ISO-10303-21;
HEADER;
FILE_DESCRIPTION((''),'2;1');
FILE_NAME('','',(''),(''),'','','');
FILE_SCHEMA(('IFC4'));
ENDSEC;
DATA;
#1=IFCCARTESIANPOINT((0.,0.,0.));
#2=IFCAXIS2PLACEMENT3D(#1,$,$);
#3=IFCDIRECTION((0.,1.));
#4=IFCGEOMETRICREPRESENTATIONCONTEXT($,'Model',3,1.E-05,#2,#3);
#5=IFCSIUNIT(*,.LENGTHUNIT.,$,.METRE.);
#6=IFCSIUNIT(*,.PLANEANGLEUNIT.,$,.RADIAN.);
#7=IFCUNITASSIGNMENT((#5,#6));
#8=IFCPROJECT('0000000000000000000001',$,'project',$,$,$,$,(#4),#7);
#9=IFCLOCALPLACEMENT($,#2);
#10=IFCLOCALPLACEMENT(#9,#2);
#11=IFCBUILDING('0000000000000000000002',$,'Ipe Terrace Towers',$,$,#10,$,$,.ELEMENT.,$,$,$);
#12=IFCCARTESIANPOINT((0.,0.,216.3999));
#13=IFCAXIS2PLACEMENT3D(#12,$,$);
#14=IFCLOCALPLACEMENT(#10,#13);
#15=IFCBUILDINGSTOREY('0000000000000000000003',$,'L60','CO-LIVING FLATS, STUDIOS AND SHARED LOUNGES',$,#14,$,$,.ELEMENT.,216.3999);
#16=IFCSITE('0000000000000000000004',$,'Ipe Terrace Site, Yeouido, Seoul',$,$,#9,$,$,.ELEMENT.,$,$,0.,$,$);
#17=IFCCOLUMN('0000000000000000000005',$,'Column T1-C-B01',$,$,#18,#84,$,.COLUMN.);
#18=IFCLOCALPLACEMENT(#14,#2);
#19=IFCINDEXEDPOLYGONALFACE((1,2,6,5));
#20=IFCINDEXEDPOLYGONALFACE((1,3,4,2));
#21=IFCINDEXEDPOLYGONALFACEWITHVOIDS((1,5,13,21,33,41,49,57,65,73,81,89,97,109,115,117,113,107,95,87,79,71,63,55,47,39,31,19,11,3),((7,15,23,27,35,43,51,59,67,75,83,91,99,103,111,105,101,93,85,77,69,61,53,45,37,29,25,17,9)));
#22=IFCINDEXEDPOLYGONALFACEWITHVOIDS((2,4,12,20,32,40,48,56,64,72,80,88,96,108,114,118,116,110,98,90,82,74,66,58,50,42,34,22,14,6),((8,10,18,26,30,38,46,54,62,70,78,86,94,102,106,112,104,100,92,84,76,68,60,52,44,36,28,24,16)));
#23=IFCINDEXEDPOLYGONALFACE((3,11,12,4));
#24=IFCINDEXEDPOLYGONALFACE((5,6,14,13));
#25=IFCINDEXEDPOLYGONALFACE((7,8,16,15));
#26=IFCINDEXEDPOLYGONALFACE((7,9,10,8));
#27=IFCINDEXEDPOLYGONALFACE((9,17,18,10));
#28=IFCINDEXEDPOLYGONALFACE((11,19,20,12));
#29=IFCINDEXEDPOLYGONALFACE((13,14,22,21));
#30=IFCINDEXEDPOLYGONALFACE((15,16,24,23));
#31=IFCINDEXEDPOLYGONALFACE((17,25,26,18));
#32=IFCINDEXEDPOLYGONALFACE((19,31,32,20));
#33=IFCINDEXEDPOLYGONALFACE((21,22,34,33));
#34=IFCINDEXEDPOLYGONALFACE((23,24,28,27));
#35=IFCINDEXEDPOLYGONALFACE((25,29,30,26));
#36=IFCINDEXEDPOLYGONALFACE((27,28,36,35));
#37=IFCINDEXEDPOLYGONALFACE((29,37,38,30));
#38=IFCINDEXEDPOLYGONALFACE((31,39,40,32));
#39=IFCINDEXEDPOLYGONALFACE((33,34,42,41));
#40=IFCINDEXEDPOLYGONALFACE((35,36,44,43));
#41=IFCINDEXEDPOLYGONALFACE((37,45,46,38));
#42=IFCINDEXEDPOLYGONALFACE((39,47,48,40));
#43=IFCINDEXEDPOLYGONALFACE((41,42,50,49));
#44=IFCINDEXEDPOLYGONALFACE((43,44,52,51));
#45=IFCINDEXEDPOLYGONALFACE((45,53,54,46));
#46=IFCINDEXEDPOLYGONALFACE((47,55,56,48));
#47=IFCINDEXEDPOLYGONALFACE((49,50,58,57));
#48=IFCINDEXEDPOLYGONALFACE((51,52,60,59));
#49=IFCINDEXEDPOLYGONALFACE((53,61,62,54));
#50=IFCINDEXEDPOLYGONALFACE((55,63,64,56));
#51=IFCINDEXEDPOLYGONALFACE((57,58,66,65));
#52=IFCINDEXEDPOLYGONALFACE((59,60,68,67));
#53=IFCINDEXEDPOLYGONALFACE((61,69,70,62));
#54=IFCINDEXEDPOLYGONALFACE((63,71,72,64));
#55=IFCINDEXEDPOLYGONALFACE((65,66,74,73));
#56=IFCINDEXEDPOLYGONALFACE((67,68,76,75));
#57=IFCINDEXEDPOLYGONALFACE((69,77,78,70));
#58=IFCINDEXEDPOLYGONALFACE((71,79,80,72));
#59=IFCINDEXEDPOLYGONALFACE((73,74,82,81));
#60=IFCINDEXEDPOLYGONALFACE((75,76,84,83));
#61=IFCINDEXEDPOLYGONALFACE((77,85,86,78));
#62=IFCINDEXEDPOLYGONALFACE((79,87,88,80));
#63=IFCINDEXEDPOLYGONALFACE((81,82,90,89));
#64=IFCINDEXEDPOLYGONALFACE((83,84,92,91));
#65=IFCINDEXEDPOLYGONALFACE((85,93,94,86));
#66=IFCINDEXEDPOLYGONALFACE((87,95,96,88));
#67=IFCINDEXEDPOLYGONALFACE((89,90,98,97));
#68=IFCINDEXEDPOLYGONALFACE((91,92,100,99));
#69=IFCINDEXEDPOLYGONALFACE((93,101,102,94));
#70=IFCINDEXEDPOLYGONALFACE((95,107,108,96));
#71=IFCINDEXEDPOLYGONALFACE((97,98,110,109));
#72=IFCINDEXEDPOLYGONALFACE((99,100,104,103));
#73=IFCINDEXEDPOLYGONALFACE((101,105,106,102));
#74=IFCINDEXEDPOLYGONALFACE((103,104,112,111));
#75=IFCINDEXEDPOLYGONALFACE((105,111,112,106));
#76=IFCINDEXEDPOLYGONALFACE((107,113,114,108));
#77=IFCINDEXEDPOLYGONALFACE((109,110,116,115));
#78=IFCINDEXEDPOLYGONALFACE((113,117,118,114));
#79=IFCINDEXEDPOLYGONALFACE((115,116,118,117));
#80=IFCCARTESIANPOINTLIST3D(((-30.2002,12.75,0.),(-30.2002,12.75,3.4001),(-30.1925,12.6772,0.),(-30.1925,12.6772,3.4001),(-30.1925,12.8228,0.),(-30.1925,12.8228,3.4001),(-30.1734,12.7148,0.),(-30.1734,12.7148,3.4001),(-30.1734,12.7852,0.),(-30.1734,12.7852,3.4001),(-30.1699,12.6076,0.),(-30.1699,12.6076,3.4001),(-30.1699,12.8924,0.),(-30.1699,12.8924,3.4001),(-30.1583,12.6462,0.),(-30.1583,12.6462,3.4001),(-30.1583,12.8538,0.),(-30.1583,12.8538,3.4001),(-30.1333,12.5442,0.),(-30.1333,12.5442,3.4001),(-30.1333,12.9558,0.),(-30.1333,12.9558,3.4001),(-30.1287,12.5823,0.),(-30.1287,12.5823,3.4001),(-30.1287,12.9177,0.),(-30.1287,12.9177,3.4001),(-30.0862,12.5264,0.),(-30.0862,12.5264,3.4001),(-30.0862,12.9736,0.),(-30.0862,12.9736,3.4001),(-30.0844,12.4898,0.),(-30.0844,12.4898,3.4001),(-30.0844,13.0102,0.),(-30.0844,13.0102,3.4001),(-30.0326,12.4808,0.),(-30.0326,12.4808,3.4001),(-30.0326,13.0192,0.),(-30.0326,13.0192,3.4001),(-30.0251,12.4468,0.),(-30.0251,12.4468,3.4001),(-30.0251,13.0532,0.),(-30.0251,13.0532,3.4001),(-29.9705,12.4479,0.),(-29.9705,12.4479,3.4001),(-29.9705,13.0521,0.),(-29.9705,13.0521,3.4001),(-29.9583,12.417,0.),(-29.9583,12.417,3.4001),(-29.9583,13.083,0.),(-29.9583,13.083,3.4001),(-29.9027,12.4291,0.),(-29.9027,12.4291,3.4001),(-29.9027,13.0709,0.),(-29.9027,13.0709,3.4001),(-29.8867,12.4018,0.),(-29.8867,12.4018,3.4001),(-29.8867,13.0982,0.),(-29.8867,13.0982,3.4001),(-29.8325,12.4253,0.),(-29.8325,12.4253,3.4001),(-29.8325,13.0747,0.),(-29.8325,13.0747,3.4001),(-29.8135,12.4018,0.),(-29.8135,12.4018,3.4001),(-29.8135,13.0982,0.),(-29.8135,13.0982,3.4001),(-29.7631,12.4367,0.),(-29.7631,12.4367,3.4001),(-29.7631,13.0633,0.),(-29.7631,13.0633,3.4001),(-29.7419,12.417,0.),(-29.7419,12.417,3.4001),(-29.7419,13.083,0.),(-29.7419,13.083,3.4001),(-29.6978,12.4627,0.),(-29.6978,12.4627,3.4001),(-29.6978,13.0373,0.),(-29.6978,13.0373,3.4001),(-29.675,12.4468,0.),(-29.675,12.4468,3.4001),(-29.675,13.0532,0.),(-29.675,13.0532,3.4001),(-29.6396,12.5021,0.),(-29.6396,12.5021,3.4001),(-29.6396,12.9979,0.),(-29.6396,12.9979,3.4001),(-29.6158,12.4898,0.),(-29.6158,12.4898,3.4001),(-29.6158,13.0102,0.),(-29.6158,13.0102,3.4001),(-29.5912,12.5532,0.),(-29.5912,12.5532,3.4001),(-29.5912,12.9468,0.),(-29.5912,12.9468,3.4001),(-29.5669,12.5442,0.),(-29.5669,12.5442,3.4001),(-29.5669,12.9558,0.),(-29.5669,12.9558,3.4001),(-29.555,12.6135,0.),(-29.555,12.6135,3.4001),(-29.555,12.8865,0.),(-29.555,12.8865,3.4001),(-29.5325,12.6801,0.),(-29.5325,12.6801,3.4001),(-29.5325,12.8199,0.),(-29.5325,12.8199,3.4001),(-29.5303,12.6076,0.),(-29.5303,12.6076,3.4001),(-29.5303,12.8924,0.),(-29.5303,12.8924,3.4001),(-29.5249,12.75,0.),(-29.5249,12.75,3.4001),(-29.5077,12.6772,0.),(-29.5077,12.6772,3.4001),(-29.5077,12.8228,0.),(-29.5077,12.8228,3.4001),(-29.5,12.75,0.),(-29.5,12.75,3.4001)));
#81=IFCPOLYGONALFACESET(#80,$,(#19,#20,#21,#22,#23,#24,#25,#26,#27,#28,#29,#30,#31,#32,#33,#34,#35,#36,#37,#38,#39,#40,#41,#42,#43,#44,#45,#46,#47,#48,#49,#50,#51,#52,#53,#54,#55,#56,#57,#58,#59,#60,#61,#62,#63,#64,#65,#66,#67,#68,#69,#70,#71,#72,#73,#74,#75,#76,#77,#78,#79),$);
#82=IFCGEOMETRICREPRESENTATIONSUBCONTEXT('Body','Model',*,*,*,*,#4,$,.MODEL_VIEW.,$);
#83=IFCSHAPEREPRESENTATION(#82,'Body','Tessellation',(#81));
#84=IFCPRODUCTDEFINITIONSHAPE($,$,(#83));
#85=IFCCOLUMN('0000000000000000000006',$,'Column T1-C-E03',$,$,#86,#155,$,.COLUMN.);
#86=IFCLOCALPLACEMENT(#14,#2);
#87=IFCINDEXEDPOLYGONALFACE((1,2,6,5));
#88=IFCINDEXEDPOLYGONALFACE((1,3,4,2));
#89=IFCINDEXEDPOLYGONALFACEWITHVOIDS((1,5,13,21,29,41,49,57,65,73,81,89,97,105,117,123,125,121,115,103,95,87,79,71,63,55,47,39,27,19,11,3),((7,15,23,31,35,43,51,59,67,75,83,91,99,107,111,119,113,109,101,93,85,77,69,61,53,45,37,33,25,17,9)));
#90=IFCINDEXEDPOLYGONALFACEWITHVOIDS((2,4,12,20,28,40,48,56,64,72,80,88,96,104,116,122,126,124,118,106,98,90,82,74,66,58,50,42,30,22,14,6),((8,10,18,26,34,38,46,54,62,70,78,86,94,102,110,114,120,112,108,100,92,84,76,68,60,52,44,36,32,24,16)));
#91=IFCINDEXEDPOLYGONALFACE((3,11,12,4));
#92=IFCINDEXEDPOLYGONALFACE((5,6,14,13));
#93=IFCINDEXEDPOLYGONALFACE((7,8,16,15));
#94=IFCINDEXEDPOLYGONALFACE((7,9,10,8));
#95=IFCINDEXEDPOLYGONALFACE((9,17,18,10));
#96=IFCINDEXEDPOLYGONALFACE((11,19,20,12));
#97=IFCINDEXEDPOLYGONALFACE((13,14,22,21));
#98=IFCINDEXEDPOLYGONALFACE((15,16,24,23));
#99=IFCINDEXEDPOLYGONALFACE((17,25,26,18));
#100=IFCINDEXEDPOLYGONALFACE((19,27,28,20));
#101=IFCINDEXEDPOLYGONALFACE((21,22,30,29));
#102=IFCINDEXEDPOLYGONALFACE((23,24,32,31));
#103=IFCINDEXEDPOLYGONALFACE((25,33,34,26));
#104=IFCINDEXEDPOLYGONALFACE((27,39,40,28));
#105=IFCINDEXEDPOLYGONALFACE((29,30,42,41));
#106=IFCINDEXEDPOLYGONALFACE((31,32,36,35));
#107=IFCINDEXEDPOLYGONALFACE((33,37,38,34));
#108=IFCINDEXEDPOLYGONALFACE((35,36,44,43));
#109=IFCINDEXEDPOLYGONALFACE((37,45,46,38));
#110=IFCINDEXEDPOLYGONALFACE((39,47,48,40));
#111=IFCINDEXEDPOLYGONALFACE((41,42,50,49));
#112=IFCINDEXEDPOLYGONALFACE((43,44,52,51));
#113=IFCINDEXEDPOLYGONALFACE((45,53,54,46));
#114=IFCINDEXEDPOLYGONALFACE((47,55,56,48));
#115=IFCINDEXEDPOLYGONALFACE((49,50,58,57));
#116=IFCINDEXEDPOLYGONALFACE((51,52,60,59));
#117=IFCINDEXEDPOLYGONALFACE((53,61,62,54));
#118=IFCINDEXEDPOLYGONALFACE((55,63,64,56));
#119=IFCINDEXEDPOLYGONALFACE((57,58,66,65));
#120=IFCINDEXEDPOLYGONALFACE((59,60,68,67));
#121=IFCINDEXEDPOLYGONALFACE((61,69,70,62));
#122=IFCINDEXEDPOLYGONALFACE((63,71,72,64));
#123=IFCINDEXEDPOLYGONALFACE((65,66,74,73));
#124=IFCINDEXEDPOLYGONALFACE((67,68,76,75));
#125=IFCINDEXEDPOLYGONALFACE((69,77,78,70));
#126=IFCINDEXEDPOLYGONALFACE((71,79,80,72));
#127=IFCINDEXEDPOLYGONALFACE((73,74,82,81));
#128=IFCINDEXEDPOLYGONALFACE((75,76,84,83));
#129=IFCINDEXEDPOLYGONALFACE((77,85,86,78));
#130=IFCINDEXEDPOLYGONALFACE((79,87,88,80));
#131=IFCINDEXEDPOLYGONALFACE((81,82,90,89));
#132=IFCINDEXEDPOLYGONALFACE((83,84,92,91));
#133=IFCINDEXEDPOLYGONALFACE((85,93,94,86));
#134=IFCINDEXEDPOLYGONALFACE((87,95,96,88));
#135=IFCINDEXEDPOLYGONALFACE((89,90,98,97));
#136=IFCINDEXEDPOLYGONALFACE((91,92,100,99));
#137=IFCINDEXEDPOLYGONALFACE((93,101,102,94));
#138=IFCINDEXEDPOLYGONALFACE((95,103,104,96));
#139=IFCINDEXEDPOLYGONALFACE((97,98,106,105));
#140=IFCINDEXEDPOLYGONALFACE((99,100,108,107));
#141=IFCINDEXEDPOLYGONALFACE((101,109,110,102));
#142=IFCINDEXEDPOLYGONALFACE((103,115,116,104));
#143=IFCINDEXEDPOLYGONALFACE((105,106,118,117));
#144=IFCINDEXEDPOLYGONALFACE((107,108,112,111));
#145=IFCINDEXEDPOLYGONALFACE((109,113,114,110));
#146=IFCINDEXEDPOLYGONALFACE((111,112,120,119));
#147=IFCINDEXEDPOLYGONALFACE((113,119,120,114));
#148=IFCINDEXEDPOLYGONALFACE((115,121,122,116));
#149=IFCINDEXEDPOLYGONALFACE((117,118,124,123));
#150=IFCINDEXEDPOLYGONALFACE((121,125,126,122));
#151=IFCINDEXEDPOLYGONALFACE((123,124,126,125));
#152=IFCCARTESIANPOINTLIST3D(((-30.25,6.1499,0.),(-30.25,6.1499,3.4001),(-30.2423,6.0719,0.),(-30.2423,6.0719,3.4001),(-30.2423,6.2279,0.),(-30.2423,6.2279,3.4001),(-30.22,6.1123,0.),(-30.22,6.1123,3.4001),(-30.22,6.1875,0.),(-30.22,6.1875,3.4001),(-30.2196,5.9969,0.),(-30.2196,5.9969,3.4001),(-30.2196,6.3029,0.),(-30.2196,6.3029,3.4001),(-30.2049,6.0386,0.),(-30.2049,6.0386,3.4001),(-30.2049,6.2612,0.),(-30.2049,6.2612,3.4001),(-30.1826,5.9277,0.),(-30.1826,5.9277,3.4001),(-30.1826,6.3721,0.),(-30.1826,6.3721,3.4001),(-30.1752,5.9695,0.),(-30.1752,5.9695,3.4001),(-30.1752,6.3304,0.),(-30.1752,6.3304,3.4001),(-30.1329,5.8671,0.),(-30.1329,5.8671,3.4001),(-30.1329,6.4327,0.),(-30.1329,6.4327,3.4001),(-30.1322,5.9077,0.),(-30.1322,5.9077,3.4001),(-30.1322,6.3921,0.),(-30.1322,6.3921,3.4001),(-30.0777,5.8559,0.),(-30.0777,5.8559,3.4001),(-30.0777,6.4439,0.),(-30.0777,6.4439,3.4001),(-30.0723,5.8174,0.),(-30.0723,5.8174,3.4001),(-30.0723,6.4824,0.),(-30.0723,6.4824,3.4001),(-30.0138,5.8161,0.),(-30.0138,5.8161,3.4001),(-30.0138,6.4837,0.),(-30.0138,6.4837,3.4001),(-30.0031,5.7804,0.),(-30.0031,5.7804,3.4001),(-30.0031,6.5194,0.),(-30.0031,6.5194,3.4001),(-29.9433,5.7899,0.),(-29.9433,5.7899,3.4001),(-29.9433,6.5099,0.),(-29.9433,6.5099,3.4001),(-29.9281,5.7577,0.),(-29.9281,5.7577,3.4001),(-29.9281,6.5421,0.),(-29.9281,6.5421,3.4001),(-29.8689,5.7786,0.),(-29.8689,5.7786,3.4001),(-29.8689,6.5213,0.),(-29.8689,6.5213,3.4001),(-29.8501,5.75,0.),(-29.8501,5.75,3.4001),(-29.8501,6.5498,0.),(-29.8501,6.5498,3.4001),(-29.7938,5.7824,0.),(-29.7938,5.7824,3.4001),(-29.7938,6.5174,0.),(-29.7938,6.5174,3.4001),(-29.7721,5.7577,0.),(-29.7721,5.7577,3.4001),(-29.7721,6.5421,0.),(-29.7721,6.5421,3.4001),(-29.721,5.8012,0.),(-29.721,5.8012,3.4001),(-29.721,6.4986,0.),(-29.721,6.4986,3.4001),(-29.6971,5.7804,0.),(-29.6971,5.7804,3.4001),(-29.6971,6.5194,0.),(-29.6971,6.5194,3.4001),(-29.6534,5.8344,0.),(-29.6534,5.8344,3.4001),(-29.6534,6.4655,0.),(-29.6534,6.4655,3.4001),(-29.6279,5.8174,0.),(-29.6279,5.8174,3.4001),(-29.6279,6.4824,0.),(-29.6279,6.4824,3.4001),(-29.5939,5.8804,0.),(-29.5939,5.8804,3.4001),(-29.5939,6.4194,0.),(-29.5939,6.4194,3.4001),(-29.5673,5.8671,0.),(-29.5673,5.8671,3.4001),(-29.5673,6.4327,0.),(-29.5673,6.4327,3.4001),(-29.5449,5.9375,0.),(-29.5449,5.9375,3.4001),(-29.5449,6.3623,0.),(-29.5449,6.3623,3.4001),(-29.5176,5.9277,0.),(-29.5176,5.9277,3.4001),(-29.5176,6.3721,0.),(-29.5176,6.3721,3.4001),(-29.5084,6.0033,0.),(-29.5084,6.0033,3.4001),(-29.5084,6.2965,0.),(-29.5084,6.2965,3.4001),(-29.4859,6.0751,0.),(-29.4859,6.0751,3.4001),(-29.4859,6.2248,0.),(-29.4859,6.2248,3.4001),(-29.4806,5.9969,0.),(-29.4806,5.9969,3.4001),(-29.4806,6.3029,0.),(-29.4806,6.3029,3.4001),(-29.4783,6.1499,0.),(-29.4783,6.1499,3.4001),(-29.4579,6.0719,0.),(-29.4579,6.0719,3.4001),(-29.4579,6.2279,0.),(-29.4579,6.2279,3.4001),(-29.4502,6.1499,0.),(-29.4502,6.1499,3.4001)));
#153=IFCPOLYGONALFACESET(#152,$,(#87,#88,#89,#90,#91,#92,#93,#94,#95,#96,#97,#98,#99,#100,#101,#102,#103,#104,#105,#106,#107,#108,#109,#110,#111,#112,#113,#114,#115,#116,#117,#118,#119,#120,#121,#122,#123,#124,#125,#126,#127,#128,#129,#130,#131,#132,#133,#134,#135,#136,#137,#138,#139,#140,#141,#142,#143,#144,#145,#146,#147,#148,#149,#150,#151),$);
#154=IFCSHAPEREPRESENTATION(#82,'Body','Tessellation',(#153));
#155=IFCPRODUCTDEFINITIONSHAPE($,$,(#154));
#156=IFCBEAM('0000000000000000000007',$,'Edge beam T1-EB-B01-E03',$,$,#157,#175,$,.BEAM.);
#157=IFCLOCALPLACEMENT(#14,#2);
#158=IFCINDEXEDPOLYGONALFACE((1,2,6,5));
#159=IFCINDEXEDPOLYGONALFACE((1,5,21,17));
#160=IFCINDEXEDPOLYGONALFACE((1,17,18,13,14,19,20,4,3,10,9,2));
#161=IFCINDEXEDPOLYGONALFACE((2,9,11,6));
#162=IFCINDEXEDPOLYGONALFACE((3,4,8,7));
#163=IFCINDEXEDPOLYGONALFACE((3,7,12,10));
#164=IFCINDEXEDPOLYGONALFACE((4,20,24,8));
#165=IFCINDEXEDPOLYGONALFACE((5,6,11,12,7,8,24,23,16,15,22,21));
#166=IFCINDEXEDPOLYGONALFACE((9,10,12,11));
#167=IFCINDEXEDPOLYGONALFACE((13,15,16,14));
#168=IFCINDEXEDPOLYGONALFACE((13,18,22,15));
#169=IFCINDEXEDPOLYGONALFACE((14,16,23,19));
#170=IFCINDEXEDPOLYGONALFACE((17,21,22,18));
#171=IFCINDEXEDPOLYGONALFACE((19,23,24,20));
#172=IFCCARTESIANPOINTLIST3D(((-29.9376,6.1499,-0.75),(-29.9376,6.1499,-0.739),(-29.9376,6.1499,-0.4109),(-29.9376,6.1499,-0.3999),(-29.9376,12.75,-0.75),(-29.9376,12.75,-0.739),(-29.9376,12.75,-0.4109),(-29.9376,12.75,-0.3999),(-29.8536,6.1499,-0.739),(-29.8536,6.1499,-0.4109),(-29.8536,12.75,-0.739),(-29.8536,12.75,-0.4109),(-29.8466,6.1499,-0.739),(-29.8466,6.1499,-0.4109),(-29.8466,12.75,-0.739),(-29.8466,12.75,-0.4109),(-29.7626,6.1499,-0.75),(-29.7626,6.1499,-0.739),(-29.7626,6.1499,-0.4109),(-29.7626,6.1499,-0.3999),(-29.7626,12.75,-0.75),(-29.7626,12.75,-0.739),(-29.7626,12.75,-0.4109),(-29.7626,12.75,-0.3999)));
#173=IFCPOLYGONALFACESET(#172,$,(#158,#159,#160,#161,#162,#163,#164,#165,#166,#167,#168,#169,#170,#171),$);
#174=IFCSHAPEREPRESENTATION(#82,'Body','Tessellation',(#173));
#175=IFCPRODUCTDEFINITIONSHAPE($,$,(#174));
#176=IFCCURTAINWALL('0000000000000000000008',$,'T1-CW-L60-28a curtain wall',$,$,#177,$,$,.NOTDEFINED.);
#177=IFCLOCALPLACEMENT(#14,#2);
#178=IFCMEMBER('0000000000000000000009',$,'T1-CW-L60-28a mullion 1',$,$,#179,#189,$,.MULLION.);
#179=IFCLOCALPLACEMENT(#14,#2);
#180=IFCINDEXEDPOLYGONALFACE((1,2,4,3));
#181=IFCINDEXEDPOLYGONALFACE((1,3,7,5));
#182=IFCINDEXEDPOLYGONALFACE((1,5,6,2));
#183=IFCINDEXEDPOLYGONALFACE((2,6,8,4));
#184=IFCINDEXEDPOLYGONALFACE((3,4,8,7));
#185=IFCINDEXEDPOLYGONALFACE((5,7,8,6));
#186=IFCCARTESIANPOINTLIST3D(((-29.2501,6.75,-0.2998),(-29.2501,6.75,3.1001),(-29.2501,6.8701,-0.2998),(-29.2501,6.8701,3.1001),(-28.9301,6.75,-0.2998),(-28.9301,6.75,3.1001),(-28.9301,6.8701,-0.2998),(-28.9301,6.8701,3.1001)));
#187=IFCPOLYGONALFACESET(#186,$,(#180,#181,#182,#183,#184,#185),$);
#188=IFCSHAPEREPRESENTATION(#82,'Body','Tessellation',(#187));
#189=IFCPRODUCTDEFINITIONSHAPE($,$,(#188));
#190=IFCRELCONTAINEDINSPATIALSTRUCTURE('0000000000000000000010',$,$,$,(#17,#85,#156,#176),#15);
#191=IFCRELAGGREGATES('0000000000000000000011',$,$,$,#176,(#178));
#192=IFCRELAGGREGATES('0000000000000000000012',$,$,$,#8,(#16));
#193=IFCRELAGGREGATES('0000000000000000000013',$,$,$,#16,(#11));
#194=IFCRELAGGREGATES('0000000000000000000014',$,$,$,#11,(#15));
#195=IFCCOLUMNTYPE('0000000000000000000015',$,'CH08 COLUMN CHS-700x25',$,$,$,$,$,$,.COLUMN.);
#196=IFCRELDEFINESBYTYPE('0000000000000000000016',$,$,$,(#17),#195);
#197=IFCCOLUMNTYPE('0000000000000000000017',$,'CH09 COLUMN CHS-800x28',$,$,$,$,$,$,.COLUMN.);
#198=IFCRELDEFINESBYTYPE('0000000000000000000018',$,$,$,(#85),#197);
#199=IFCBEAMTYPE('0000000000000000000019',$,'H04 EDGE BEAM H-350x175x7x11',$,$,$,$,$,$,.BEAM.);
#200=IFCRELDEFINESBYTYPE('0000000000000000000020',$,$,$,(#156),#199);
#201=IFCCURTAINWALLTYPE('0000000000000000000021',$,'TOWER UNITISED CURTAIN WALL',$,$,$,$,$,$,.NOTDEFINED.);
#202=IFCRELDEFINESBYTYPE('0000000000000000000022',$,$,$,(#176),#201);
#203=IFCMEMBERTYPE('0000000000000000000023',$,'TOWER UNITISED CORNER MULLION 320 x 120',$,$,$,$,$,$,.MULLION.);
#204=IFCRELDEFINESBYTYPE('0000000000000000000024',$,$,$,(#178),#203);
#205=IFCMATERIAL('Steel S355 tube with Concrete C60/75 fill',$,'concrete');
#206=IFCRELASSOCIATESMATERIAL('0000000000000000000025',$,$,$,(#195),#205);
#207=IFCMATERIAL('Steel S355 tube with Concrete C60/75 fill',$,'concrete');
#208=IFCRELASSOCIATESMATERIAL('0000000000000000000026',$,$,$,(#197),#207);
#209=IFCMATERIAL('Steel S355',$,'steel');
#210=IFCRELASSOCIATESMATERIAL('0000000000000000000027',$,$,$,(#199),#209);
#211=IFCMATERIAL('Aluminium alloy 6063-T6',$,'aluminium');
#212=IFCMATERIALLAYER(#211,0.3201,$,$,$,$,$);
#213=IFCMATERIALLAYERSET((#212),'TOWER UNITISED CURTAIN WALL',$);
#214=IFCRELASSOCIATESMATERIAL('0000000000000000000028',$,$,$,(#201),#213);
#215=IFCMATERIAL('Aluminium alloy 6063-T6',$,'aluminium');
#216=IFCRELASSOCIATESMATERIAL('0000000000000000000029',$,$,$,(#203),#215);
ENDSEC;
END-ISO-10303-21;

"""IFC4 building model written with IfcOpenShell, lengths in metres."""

from ifc_helpers import new_model, si_unit, direction, frame, origin, origin_2d, place, context, subcontext, project, spatial, rectangle, hollow_circle, i_section, extrude, material, layer, layer_set, material_profile, profile_set, type_object, element, aggregate, save


model = new_model("IFC4")

# Units and contexts
model_context = context("Model", 3, precision=1e-05, world=origin(), true_north=direction((0.0, 1.0)))
body_context = subcontext(model_context, "Body", "Model", "MODEL_VIEW")
ifc_project = project(units=[si_unit("LENGTHUNIT", "METRE"), si_unit("PLANEANGLEUNIT", "RADIAN")], contexts=[model_context])

# Site, building, storey
site_placement = place(None, origin())
site = spatial("IfcSite", under=ifc_project, at=site_placement, Name="Ipe Terrace Site, Yeouido, Seoul", CompositionType="ELEMENT", RefElevation=0.0)
building_placement = place(site_placement, origin())
building = spatial("IfcBuilding", under=site, at=building_placement, Name="Ipe Terrace Towers", CompositionType="ELEMENT")
storey_placement = place(building_placement, frame((0.0, 0.0, 216.3999)))
storey = spatial("IfcBuildingStorey", under=building, at=storey_placement, Name="L60", Description="CO-LIVING FLATS, STUDIOS AND SHARED LOUNGES", CompositionType="ELEMENT", Elevation=216.3999)

# Columns
ifc_material_1 = material(Name="Steel S355 tube with Concrete C60/75 fill", Category="concrete")
ifc_material_profile_1 = material_profile(ifc_material_1, hollow_circle(Radius=0.3501, WallThickness=0.0249, at=origin_2d()), Name="CHS-700x25")
ifc_profile_set_1 = profile_set([ifc_material_profile_1], Name="Steel S355 tube with Concrete C60/75 fill")
column_type_1 = type_object("IfcColumnType", Name="CH08 COLUMN CHS-700x25", PredefinedType="COLUMN", material=ifc_profile_set_1)
column_1_placement = place(storey_placement, frame((-29.8501, 12.75, 0.0), z_axis=(0.0, 0.0, 1.0), x_axis=(1.0, 0.0, 0.0)))
element("IfcColumn", 1, at=column_1_placement, inside=storey, type_object=column_type_1, Name="Column T1-C-B01", PredefinedType="COLUMN", context=body_context, shape_type="SweptSolid", body=[
    extrude(hollow_circle(Radius=0.3501, WallThickness=0.0249, at=origin_2d()), origin(), (0.0, 0.0, 1.0), 3.4001),
])
ifc_material_2 = material(Name="Steel S355 tube with Concrete C60/75 fill", Category="concrete")
ifc_material_profile_2 = material_profile(ifc_material_2, hollow_circle(Radius=0.3999, WallThickness=0.0281, at=origin_2d()), Name="CHS-800x28")
ifc_profile_set_2 = profile_set([ifc_material_profile_2], Name="Steel S355 tube with Concrete C60/75 fill")
column_type_2 = type_object("IfcColumnType", Name="CH09 COLUMN CHS-800x28", PredefinedType="COLUMN", material=ifc_profile_set_2)
column_2_placement = place(storey_placement, frame((-29.8501, 6.1499, 0.0), z_axis=(0.0, 0.0, 1.0), x_axis=(1.0, 0.0, 0.0)))
element("IfcColumn", 2, at=column_2_placement, inside=storey, type_object=column_type_2, Name="Column T1-C-E03", PredefinedType="COLUMN", context=body_context, shape_type="SweptSolid", body=[
    extrude(hollow_circle(Radius=0.3999, WallThickness=0.0281, at=origin_2d()), origin(), (0.0, 0.0, 1.0), 3.4001),
])

# Beam
ifc_material_3 = material(Name="Steel S355", Category="steel")
ifc_material_profile_3 = material_profile(ifc_material_3, i_section(OverallWidth=0.175, OverallDepth=0.3501, WebThickness=0.0071, FlangeThickness=0.011, at=origin_2d()), Name="H-350x175x7x11")
ifc_profile_set_3 = profile_set([ifc_material_profile_3], Name="Steel S355")
beam_type = type_object("IfcBeamType", Name="H04 EDGE BEAM H-350x175x7x11", PredefinedType="BEAM", material=ifc_profile_set_3)
beam_placement = place(storey_placement, frame((-29.8501, 12.75, -0.575), z_axis=(0.0, -1.0, 0.0), x_axis=(1.0, 0.0, 0.0)))
element("IfcBeam", 3, at=beam_placement, inside=storey, type_object=beam_type, Name="Edge beam T1-EB-B01-E03", PredefinedType="BEAM", context=body_context, shape_type="SweptSolid", body=[
    extrude(i_section(OverallWidth=0.175, OverallDepth=0.3501, WebThickness=0.0071, FlangeThickness=0.011, at=origin_2d()), origin(), (0.0, 0.0, 1.0), 6.6001),
])

# Curtain wall, member
ifc_material_4 = material(Name="Aluminium alloy 6063-T6", Category="aluminium")
ifc_layer_1 = layer(ifc_material_4, 0.3201)
ifc_layer_set_1 = layer_set([ifc_layer_1], Name="TOWER UNITISED CURTAIN WALL")
curtain_wall_type = type_object("IfcCurtainWallType", Name="TOWER UNITISED CURTAIN WALL", PredefinedType="NOTDEFINED", material=ifc_layer_set_1)
curtain_wall_1_placement = place(storey_placement, origin())
curtain_wall_1 = element("IfcCurtainWall", 4, at=curtain_wall_1_placement, inside=storey, type_object=curtain_wall_type, Name="T1-CW-L60-28a curtain wall", PredefinedType="NOTDEFINED")
ifc_material_5 = material(Name="Aluminium alloy 6063-T6", Category="aluminium")
ifc_material_profile_4 = material_profile(ifc_material_5, rectangle(XDim=0.3201, YDim=0.1201, at=origin_2d()), Name="TOWER UNITISED CORNER MULLION 320 x 120")
ifc_profile_set_4 = profile_set([ifc_material_profile_4], Name="Aluminium alloy 6063-T6")
member_type = type_object("IfcMemberType", Name="TOWER UNITISED CORNER MULLION 320 x 120", PredefinedType="MULLION", material=ifc_profile_set_4)
member_1_placement = place(storey_placement, frame((-29.0901, 6.8101, -0.2998), z_axis=(0.0, 0.0, 1.0), x_axis=(1.0, 0.0, 0.0)))
member_1 = element("IfcMember", 5, at=member_1_placement, type_object=member_type, Name="T1-CW-L60-28a mullion 1", PredefinedType="MULLION", context=body_context, shape_type="SweptSolid", body=[
    extrude(rectangle(XDim=0.3201, YDim=0.1201, at=origin_2d()), origin(), (0.0, 0.0, 1.0), 3.3999),
])

aggregate(curtain_wall_1, [member_1])

save(model, "model.ifc")
